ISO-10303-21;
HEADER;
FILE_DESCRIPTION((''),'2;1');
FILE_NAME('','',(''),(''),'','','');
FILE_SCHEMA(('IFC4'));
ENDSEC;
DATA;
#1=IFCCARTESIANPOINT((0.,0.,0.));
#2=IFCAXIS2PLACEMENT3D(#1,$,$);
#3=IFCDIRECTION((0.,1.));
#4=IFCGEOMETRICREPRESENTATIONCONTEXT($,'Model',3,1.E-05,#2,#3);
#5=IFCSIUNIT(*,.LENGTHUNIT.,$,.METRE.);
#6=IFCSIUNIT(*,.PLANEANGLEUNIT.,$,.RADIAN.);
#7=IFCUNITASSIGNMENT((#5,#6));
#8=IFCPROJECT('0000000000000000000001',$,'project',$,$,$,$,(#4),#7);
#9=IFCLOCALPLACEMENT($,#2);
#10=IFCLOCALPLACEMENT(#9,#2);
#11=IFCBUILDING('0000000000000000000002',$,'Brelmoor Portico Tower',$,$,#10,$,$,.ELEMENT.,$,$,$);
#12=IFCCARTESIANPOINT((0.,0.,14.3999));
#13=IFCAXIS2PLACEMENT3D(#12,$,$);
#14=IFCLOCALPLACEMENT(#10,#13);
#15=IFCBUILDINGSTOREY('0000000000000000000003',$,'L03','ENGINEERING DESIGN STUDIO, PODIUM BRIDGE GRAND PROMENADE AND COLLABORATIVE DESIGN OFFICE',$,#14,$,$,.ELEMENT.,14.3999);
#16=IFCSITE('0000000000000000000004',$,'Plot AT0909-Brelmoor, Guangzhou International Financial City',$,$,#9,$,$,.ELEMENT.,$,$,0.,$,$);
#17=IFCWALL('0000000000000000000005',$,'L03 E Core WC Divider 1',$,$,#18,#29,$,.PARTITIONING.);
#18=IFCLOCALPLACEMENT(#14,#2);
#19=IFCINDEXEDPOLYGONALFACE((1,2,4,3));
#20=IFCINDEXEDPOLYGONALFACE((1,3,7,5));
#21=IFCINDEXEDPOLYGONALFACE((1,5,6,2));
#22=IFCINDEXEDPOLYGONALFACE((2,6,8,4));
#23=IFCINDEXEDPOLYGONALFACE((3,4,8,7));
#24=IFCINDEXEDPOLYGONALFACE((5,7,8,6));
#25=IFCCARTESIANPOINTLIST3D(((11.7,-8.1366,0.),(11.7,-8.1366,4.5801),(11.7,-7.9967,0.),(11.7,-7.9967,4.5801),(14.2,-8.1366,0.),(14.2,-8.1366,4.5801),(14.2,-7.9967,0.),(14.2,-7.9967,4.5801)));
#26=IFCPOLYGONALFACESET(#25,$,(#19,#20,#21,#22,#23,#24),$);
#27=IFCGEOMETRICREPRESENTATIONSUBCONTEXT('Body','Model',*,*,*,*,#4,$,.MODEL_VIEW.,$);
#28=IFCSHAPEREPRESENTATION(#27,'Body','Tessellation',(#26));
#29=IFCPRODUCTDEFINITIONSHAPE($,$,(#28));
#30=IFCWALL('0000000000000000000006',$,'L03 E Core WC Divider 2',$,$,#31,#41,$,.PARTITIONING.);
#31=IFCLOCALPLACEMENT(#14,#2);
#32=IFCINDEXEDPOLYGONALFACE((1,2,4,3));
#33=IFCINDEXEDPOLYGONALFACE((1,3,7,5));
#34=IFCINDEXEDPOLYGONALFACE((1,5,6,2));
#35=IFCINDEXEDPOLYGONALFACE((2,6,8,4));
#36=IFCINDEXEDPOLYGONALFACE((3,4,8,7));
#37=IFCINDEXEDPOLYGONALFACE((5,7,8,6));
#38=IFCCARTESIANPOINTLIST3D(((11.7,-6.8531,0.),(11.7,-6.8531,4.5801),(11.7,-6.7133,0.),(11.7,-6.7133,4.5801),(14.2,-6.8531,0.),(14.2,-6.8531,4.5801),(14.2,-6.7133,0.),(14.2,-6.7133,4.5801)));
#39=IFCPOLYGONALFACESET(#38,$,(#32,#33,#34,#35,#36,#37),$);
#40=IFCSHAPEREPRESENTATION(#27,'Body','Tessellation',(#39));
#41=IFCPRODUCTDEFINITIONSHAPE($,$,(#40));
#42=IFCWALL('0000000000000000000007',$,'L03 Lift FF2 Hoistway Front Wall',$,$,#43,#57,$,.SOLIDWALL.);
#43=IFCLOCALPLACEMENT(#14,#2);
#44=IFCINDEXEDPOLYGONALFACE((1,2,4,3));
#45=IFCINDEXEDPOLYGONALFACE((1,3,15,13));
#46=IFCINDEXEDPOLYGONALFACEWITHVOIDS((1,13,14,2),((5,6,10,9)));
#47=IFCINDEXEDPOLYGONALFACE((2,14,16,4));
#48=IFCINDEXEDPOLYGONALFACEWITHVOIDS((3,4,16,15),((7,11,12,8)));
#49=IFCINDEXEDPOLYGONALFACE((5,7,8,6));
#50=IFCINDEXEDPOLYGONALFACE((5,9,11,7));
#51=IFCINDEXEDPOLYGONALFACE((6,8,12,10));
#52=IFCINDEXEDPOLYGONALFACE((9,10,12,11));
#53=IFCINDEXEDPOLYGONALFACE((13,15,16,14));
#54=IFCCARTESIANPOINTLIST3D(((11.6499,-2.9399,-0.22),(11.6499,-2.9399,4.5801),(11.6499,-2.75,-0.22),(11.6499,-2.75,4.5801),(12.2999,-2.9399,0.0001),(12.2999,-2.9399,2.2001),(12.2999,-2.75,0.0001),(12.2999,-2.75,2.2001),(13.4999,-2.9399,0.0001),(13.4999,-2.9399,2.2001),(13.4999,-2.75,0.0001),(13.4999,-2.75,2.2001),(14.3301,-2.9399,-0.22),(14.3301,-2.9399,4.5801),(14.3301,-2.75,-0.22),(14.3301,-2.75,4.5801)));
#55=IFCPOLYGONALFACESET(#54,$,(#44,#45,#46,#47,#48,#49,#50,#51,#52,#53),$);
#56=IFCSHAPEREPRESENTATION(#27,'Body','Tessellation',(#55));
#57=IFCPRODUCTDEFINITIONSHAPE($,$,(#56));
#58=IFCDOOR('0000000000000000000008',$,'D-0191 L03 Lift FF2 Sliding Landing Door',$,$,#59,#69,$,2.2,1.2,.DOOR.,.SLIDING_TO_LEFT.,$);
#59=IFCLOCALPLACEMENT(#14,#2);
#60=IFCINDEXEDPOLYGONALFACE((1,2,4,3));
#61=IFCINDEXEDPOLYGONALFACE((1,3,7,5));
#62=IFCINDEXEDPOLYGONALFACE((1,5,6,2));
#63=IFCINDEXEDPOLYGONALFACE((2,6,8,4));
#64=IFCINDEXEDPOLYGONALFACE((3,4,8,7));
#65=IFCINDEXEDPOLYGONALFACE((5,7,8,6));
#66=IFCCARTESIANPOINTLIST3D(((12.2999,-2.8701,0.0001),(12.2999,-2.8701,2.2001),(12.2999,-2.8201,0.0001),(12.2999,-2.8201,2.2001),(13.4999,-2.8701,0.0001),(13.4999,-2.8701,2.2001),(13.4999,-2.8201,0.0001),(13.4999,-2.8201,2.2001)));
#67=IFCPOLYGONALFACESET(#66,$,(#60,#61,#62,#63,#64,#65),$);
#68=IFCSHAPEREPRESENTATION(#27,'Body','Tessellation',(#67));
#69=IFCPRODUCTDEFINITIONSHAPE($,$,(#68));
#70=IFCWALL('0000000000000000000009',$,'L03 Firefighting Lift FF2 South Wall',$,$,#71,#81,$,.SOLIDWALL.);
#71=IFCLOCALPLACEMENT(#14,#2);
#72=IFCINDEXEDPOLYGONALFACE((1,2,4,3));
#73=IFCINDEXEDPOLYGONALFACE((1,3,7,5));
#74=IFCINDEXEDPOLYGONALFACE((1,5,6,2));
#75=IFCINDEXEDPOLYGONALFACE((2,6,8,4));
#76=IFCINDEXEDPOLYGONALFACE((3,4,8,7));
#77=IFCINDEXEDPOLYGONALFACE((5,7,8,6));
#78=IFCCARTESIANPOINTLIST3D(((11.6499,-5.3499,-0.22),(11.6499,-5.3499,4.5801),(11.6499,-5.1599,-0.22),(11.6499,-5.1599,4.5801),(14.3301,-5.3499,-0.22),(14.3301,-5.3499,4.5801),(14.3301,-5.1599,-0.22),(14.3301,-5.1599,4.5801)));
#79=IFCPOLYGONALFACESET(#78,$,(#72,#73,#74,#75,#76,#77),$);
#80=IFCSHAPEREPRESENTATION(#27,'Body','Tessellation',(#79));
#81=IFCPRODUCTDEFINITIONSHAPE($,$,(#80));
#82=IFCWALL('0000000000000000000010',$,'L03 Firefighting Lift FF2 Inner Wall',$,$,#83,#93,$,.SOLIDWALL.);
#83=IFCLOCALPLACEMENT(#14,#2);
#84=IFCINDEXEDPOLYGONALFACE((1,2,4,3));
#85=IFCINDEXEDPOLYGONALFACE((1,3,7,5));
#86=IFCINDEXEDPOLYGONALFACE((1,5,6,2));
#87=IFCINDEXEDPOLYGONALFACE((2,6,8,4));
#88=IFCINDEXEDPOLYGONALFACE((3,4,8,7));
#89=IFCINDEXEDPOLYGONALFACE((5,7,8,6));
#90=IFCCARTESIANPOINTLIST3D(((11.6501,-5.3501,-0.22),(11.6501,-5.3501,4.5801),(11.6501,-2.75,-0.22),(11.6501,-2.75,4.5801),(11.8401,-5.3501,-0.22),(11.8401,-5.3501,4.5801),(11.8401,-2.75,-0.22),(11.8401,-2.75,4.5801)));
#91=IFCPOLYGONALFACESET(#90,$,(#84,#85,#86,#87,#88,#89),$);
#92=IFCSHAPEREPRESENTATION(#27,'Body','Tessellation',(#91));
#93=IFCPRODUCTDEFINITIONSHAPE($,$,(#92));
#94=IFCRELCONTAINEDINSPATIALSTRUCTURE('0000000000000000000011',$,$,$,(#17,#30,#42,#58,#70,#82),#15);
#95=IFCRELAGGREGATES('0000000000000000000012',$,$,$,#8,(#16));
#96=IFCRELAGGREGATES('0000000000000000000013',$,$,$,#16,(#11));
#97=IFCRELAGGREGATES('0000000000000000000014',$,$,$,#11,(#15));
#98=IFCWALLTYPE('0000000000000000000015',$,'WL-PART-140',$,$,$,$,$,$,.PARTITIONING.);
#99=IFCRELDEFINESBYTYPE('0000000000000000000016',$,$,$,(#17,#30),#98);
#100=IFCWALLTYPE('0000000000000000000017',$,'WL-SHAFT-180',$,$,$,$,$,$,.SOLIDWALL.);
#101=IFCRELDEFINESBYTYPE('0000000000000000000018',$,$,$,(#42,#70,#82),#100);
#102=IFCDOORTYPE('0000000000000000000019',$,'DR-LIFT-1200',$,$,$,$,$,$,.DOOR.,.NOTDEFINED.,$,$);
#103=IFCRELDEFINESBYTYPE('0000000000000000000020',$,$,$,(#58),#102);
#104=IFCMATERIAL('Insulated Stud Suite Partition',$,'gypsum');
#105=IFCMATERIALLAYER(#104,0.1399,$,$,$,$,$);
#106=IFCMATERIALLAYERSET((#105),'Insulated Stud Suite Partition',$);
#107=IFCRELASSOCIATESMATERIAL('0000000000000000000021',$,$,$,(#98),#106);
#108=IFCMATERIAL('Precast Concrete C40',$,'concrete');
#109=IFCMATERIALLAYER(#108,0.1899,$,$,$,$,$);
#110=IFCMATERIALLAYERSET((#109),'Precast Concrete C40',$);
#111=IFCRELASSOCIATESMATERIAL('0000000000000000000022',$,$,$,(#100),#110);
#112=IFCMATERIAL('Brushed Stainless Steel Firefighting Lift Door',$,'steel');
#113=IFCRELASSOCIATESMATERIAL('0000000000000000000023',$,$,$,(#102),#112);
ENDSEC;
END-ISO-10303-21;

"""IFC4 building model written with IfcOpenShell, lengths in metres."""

from ifc_helpers import new_model, si_unit, direction, frame, frame_2d, origin, place, context, subcontext, project, spatial, rectangle, extrude, material, layer, layer_set, type_object, element, fill, save


model = new_model("IFC4")

# Units and contexts
model_context = context("Model", 3, precision=1e-05, world=origin(), true_north=direction((0.0, 1.0)))
body_context = subcontext(model_context, "Body", "Model", "MODEL_VIEW")
ifc_project = project(units=[si_unit("LENGTHUNIT", "METRE"), si_unit("PLANEANGLEUNIT", "RADIAN")], contexts=[model_context])

# Site, building, storey
site_placement = place(None, origin())
site = spatial("IfcSite", under=ifc_project, at=site_placement, Name="Plot AT0909-Brelmoor, Guangzhou International Financial City", CompositionType="ELEMENT", RefElevation=0.0)
building_placement = place(site_placement, origin())
building = spatial("IfcBuilding", under=site, at=building_placement, Name="Brelmoor Portico Tower", CompositionType="ELEMENT")
storey_placement = place(building_placement, frame((0.0, 0.0, 14.3999)))
storey = spatial("IfcBuildingStorey", under=building, at=storey_placement, Name="L03", Description="ENGINEERING DESIGN STUDIO, PODIUM BRIDGE GRAND PROMENADE AND COLLABORATIVE DESIGN OFFICE", CompositionType="ELEMENT", Elevation=14.3999)

# Walls
ifc_material_1 = material(Name="Insulated Stud Suite Partition", Category="gypsum")
ifc_layer_1 = layer(ifc_material_1, 0.1399)
ifc_layer_set_1 = layer_set([ifc_layer_1], Name="Insulated Stud Suite Partition")
wall_type_1 = type_object("IfcWallType", Name="WL-PART-140", PredefinedType="PARTITIONING", material=ifc_layer_set_1)
for number, where, z_axis, x_axis, name in (
    (1, (11.7, -8.0667, 0.0), (0.0, 0.0, 1.0), (1.0, 0.0, 0.0), "L03 E Core WC Divider 1"),
    (2, (11.7, -6.7832, 0.0), (0.0, 0.0, 1.0), (1.0, 0.0, 0.0), "L03 E Core WC Divider 2"),
):
    element("IfcWall", number, at=place(storey_placement, frame(where, z_axis=z_axis, x_axis=x_axis)), inside=storey, type_object=wall_type_1, Name=name, PredefinedType="PARTITIONING", context=body_context, shape_type="SweptSolid", body=[
        extrude(rectangle(XDim=2.5, YDim=0.1399, at=frame_2d((1.25, 0.0))), origin(), (0.0, 0.0, 1.0), 4.5801),
    ])

# Wall, opening, door
ifc_material_2 = material(Name="Precast Concrete C40", Category="concrete")
ifc_layer_2 = layer(ifc_material_2, 0.1899)
ifc_layer_set_2 = layer_set([ifc_layer_2], Name="Precast Concrete C40")
wall_type_2 = type_object("IfcWallType", Name="WL-SHAFT-180", PredefinedType="SOLIDWALL", material=ifc_layer_set_2)
wall_1_placement = place(storey_placement, frame((11.6499, -2.845, -0.22), z_axis=(0.0, 0.0, 1.0), x_axis=(1.0, 0.0, 0.0)))
wall_1 = element("IfcWall", 3, at=wall_1_placement, inside=storey, type_object=wall_type_2, Name="L03 Lift FF2 Hoistway Front Wall", PredefinedType="SOLIDWALL", context=body_context, shape_type="SweptSolid", body=[
    extrude(rectangle(XDim=2.6802, YDim=0.1899, at=frame_2d((1.3401, 0.0))), origin(), (0.0, 0.0, 1.0), 4.8),
])
opening_1_placement = place(wall_1_placement, frame((0.6499, 0.0, 0.22)))
opening_1 = element("IfcOpeningElement", 4, at=opening_1_placement, cuts=wall_1, PredefinedType="OPENING", context=body_context, shape_type="SweptSolid", body=[
    extrude(rectangle(XDim=1.2, YDim=2.2, at=frame_2d((0.6001, 1.1001))), frame((0.0, 0.105, 0.0), z_axis=(0.0, -1.0, 0.0), x_axis=(1.0, 0.0, 0.0)), (0.0, 0.0, 1.0), 0.21),
])
ifc_material_3 = material(Name="Brushed Stainless Steel Firefighting Lift Door", Category="steel")
door_type_1 = type_object("IfcDoorType", Name="DR-LIFT-1200", OperationType="NOTDEFINED", PredefinedType="DOOR", material=ifc_material_3)
door_1_placement = place(opening_1_placement, origin())
door_1 = element("IfcDoor", 5, at=door_1_placement, inside=storey, type_object=door_type_1, Name="D-0191 L03 Lift FF2 Sliding Landing Door", OperationType="SLIDING_TO_LEFT", OverallHeight=2.2, OverallWidth=1.2, PredefinedType="DOOR", context=body_context, shape_type="SweptSolid", body=[
    extrude(rectangle(XDim=1.2, YDim=2.2, at=frame_2d((0.6001, 1.1001))), frame((0.0, 0.0249, 0.0), z_axis=(0.0, -1.0, 0.0), x_axis=(1.0, 0.0, 0.0)), (0.0, 0.0, 1.0), 0.05),
])
fill(opening_1, door_1)

# Walls
wall_2_placement = place(storey_placement, frame((11.6499, -5.2549, -0.22), z_axis=(0.0, 0.0, 1.0), x_axis=(1.0, 0.0, 0.0)))
element("IfcWall", 6, at=wall_2_placement, inside=storey, type_object=wall_type_2, Name="L03 Firefighting Lift FF2 South Wall", PredefinedType="SOLIDWALL", context=body_context, shape_type="SweptSolid", body=[
    extrude(rectangle(XDim=2.6802, YDim=0.1899, at=frame_2d((1.3401, 0.0))), origin(), (0.0, 0.0, 1.0), 4.8),
])
wall_3_placement = place(storey_placement, frame((11.7451, -5.3501, -0.22), z_axis=(0.0, 0.0, 1.0), x_axis=(0.0, 1.0, 0.0)))
element("IfcWall", 7, at=wall_3_placement, inside=storey, type_object=wall_type_2, Name="L03 Firefighting Lift FF2 Inner Wall", PredefinedType="SOLIDWALL", context=body_context, shape_type="SweptSolid", body=[
    extrude(rectangle(XDim=2.6001, YDim=0.1899, at=frame_2d((1.3, 0.0))), origin(), (0.0, 0.0, 1.0), 4.8),
])

save(model, "model.ifc")
